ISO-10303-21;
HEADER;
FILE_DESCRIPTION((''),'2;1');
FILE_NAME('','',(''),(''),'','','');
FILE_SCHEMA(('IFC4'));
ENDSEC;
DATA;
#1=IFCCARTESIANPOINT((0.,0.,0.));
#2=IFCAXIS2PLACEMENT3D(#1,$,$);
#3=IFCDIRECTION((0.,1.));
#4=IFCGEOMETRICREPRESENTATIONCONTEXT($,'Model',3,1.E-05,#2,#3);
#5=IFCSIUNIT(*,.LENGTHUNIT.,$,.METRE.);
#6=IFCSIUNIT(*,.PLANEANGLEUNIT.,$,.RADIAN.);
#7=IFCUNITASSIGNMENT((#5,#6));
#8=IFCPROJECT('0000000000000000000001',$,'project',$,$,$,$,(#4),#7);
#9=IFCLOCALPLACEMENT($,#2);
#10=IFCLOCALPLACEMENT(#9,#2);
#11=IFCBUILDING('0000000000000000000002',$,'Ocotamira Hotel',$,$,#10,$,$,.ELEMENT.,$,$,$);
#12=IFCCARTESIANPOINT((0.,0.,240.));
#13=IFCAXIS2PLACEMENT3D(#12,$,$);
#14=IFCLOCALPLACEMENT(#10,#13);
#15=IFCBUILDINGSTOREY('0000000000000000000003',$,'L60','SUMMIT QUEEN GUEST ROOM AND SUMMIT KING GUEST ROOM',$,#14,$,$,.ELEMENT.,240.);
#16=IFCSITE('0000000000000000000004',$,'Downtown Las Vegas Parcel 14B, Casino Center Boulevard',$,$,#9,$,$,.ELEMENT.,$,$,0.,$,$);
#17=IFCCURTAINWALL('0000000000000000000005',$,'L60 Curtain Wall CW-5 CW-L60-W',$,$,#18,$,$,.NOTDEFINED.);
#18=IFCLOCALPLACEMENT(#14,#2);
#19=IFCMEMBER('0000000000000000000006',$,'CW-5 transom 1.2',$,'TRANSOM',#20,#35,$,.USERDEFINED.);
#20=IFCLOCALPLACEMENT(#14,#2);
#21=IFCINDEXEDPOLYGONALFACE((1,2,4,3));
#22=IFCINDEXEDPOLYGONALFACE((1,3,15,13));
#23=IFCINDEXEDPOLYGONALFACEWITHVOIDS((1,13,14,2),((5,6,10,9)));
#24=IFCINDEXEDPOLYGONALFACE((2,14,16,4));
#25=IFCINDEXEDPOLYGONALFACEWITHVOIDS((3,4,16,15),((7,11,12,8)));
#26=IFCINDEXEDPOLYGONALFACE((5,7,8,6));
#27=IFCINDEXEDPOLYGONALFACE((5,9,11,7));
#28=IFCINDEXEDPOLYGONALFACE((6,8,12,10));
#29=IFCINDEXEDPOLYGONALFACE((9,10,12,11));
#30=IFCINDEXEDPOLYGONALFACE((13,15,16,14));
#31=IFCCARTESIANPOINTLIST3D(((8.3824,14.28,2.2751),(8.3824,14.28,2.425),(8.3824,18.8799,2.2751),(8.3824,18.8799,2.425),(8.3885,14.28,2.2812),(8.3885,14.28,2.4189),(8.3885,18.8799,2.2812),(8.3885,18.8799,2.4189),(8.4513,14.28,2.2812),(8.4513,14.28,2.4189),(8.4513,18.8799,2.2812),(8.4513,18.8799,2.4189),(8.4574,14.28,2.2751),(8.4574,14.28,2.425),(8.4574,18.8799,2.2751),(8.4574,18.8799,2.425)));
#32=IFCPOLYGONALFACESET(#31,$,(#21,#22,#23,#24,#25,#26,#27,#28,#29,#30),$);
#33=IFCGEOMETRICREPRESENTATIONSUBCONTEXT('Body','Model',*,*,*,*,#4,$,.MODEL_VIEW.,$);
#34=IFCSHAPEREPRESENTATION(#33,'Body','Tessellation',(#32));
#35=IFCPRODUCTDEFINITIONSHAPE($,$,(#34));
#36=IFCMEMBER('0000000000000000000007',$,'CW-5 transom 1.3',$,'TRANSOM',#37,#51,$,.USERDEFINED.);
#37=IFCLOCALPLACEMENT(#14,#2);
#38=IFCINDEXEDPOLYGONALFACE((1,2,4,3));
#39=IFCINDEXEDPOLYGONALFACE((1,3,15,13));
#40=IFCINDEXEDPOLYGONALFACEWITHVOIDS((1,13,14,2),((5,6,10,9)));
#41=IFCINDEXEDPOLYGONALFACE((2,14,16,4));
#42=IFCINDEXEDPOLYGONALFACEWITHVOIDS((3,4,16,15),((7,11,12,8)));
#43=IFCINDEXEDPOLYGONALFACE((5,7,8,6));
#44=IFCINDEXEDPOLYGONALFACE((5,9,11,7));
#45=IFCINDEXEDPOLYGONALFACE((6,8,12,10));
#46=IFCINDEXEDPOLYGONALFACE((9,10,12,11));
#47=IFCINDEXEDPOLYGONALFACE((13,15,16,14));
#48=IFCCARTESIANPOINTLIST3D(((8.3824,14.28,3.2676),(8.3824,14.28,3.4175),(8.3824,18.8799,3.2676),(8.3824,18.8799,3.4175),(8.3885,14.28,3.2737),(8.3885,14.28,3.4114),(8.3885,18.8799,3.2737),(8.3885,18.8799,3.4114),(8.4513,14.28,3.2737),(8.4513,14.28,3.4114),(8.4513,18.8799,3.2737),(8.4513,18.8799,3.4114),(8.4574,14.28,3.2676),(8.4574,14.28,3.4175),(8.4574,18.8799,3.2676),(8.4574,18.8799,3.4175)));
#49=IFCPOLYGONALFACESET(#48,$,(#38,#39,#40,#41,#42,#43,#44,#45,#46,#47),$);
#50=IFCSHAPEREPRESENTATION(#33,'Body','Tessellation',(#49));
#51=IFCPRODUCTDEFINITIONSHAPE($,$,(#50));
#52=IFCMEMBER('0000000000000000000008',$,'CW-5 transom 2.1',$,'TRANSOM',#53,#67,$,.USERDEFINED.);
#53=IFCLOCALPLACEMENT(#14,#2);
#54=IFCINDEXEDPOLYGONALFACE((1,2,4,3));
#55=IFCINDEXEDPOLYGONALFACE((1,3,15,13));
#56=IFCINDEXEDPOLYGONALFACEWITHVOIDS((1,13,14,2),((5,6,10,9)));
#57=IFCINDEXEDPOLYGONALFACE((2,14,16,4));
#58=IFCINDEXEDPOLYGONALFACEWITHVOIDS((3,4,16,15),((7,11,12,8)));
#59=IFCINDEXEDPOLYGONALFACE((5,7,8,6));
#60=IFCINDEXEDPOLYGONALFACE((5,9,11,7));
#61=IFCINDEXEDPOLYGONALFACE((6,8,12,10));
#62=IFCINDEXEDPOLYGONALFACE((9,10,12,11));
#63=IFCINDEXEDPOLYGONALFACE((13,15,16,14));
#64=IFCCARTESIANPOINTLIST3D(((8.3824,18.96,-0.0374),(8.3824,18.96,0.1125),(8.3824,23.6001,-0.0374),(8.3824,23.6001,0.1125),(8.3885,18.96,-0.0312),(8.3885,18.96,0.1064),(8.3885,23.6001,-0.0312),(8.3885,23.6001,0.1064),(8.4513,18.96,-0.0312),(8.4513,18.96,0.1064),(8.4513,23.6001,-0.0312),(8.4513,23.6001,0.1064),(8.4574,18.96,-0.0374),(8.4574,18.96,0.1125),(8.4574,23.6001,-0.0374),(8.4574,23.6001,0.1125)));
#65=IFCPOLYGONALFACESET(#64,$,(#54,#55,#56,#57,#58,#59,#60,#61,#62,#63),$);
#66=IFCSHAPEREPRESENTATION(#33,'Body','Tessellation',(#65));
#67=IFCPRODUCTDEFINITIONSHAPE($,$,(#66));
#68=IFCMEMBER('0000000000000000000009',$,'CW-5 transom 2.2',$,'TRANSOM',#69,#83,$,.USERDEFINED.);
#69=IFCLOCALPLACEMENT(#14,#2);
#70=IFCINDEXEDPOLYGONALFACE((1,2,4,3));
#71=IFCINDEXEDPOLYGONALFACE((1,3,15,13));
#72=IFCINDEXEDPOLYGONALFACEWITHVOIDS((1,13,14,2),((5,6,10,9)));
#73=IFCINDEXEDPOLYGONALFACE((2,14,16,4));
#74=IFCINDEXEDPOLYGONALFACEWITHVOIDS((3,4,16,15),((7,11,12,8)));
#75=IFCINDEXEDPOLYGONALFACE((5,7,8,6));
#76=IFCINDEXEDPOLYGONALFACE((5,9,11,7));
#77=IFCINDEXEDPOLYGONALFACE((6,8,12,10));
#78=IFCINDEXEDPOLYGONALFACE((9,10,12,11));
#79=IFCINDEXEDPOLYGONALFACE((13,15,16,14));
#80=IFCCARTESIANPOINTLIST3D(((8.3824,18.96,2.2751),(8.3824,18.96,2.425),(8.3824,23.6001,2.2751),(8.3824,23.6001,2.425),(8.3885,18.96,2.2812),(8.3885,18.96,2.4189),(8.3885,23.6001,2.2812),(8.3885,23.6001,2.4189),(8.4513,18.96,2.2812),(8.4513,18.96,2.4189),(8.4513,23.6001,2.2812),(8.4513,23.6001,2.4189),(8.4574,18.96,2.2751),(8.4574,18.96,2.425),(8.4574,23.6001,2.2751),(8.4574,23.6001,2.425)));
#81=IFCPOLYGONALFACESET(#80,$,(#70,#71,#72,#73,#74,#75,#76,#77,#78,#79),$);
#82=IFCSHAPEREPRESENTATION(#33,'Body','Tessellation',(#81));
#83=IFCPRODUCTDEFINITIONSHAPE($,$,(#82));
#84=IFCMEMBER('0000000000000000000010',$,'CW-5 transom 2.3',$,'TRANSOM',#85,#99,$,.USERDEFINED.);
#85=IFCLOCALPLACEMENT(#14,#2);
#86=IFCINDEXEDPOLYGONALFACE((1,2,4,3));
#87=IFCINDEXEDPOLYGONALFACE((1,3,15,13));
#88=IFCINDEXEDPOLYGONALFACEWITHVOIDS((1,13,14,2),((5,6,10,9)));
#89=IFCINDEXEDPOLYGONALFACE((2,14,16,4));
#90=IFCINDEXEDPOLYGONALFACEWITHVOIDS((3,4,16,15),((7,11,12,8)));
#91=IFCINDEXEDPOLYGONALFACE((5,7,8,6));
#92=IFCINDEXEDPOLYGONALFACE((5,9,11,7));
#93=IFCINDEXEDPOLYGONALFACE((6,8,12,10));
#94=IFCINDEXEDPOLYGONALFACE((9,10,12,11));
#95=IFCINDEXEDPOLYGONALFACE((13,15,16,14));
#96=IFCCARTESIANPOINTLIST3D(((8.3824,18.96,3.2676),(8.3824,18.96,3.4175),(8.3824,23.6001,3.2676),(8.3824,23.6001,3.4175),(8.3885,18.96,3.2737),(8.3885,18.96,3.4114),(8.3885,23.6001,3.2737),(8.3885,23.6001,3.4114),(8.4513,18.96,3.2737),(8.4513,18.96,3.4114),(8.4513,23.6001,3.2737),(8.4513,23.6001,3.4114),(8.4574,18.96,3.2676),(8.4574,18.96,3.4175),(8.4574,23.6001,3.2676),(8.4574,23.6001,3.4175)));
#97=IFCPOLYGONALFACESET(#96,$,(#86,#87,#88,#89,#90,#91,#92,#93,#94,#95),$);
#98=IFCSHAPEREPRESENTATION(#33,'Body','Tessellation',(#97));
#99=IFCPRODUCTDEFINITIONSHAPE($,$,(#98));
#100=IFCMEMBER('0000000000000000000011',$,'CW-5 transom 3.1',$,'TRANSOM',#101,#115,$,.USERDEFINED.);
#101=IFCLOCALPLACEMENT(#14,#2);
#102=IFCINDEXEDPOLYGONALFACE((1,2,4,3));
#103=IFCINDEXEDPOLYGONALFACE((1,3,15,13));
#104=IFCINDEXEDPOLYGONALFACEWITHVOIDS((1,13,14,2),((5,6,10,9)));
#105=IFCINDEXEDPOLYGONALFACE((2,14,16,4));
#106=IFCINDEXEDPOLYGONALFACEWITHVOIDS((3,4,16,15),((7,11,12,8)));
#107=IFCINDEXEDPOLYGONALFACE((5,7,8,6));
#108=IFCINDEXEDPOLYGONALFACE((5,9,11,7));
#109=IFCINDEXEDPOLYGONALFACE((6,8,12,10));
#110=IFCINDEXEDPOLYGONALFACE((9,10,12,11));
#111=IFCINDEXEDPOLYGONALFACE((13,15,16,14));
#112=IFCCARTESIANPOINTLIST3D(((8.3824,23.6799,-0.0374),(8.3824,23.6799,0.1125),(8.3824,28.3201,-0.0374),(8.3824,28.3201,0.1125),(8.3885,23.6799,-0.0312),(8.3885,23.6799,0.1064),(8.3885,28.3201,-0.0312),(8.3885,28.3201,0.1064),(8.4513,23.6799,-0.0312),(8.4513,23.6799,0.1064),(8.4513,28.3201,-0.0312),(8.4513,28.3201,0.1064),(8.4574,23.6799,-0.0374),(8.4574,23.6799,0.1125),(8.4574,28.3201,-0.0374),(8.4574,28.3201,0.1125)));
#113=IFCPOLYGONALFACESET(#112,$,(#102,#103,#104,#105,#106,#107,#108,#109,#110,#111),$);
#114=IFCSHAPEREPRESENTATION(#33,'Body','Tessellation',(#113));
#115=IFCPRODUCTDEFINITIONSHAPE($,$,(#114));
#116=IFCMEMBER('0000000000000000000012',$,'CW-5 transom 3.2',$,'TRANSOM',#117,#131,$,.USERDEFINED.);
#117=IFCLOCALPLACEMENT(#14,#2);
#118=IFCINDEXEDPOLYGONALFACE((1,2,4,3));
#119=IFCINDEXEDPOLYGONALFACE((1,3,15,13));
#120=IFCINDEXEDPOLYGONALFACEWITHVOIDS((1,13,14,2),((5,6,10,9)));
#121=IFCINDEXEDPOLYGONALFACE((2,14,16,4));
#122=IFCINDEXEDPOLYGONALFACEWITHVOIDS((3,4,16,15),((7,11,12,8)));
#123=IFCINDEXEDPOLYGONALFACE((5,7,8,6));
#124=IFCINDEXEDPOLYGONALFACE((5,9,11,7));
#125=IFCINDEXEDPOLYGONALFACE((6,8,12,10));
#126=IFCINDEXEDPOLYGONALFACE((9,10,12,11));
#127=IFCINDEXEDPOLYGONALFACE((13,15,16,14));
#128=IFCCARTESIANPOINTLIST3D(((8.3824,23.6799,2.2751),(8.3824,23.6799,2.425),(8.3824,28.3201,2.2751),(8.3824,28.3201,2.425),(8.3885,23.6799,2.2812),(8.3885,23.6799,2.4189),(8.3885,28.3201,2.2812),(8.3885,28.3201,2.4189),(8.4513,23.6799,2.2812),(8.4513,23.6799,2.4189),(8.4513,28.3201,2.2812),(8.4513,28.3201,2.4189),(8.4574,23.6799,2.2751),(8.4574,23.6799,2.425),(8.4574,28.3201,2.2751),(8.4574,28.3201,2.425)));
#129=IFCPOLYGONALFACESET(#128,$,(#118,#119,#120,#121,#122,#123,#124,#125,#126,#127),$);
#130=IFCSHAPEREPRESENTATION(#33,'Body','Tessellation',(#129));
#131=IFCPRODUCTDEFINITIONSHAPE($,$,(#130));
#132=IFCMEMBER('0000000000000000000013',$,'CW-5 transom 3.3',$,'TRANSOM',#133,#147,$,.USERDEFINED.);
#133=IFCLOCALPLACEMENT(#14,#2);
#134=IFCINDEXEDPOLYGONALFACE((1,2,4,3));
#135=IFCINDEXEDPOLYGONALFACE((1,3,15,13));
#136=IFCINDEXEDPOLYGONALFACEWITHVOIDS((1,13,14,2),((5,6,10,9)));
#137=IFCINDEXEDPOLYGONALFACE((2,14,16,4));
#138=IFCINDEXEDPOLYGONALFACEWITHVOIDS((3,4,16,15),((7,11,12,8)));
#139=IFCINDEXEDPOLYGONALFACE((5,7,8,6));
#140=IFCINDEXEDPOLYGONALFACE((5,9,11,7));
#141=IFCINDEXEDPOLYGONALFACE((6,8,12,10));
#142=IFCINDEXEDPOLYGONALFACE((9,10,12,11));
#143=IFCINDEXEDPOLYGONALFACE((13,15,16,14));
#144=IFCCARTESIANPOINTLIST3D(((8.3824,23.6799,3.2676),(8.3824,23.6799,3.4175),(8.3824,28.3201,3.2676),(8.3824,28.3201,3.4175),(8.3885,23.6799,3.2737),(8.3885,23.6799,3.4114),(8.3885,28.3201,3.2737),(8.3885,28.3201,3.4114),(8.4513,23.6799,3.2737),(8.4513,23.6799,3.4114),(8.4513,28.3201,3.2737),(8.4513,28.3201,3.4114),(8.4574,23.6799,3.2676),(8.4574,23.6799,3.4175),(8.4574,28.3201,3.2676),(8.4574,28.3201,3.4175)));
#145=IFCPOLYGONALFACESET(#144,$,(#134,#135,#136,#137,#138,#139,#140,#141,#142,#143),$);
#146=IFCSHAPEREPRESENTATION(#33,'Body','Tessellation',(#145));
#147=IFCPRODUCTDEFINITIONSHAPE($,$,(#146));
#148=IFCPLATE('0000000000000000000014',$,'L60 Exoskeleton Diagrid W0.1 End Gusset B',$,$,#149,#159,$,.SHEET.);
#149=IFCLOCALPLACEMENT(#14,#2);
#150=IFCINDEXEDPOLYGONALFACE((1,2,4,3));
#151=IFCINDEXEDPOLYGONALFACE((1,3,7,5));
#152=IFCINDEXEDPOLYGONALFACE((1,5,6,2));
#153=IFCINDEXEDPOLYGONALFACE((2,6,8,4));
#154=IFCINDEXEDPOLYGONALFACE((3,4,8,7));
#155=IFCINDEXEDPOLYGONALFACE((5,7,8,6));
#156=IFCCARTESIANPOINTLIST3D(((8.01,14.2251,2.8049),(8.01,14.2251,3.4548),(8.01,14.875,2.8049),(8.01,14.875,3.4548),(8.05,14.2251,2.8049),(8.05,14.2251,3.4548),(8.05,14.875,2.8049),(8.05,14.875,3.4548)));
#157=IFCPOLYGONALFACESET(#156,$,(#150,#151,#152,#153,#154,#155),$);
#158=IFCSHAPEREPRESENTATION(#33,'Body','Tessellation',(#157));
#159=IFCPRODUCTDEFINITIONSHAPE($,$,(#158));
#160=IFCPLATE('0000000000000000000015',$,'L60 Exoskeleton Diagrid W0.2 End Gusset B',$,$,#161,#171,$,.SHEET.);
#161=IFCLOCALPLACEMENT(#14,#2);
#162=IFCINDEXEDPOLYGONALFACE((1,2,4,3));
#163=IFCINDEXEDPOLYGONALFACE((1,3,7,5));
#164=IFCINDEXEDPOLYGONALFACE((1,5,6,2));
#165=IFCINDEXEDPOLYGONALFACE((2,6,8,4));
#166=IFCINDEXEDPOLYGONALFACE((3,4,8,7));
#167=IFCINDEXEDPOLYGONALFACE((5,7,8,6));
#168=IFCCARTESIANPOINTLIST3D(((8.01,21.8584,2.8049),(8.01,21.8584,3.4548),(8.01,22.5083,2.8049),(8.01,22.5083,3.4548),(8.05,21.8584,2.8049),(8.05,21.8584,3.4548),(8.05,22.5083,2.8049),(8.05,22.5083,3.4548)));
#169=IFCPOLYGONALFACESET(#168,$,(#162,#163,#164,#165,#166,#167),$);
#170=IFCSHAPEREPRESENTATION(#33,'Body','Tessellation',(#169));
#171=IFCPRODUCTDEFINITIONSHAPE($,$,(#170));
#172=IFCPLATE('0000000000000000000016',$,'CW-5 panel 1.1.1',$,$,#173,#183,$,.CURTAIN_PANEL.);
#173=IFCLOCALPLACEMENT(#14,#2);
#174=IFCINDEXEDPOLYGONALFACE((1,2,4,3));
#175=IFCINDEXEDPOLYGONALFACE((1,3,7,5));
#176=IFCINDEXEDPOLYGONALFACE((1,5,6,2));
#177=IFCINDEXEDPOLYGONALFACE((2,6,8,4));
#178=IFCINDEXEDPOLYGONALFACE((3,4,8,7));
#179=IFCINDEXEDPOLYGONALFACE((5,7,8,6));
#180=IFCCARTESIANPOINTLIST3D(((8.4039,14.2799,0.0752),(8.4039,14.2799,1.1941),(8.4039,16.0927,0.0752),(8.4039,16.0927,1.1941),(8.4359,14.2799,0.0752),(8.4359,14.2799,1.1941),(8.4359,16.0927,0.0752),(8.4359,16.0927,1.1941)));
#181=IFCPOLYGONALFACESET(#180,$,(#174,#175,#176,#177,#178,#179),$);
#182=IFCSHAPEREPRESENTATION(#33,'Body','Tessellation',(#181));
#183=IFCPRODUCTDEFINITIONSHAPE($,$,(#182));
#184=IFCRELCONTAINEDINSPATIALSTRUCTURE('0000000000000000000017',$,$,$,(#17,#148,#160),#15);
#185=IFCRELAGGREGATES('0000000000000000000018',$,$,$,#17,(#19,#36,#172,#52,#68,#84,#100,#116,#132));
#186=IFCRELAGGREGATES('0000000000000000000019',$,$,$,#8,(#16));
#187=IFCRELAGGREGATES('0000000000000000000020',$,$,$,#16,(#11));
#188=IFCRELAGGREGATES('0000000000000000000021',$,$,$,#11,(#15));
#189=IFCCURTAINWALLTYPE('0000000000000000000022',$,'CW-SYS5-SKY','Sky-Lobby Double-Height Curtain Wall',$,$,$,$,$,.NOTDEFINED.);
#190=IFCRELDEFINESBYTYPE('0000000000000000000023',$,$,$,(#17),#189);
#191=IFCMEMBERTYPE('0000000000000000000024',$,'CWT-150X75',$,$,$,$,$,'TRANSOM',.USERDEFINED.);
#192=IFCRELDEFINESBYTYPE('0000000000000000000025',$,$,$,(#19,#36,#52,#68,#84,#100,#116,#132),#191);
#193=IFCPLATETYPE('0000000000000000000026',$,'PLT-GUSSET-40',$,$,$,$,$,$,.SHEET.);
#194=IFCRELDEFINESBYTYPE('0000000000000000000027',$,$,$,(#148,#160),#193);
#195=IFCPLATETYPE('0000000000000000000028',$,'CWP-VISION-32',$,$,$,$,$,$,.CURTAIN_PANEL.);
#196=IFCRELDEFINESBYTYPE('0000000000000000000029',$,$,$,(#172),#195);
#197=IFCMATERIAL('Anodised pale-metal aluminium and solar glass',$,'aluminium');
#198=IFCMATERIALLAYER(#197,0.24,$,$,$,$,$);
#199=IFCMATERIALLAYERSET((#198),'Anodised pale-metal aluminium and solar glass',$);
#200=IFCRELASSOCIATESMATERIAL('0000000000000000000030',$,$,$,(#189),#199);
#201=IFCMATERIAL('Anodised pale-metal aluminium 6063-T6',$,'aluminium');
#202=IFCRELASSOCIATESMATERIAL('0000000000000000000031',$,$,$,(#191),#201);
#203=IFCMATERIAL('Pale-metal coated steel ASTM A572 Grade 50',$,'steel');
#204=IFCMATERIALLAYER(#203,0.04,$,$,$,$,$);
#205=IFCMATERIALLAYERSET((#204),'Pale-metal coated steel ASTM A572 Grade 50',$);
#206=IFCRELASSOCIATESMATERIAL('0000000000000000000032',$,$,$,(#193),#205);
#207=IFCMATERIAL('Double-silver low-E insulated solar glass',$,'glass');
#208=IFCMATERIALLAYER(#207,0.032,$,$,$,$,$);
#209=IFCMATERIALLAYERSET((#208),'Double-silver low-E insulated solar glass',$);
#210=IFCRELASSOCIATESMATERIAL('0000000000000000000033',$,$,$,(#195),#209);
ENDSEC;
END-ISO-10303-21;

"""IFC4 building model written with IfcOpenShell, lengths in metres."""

from ifc_helpers import new_model, si_unit, direction, frame, origin, origin_2d, place, context, subcontext, project, spatial, rectangle, hollow_rectangle, extrude, source, transform, mapped, material, layer, layer_set, material_profile, profile_set, type_object, element, aggregate, save


model = new_model("IFC4")

# Units and contexts
model_context = context("Model", 3, precision=1e-05, world=origin(), true_north=direction((0.0, 1.0)))
body_context = subcontext(model_context, "Body", "Model", "MODEL_VIEW")
ifc_project = project(units=[si_unit("LENGTHUNIT", "METRE"), si_unit("PLANEANGLEUNIT", "RADIAN")], contexts=[model_context])

# Site, building, storey
site_placement = place(None, origin())
site = spatial("IfcSite", under=ifc_project, at=site_placement, Name="Downtown Las Vegas Parcel 14B, Casino Center Boulevard", CompositionType="ELEMENT", RefElevation=0.0)
building_placement = place(site_placement, origin())
building = spatial("IfcBuilding", under=site, at=building_placement, Name="Ocotamira Hotel", CompositionType="ELEMENT")
storey_placement = place(building_placement, frame((0.0, 0.0, 240.0)))
storey = spatial("IfcBuildingStorey", under=building, at=storey_placement, Name="L60", Description="SUMMIT QUEEN GUEST ROOM AND SUMMIT KING GUEST ROOM", CompositionType="ELEMENT", Elevation=240.0)

# Curtain wall, members
ifc_material_1 = material(Name="Anodised pale-metal aluminium and solar glass", Category="aluminium")
ifc_layer_1 = layer(ifc_material_1, 0.24)
ifc_layer_set_1 = layer_set([ifc_layer_1], Name="Anodised pale-metal aluminium and solar glass")
curtain_wall_type = type_object("IfcCurtainWallType", Name="CW-SYS5-SKY", Description="Sky-Lobby Double-Height Curtain Wall", PredefinedType="NOTDEFINED", material=ifc_layer_set_1)
curtain_wall_placement = place(storey_placement, origin())
curtain_wall = element("IfcCurtainWall", 1, at=curtain_wall_placement, inside=storey, type_object=curtain_wall_type, Name="L60 Curtain Wall CW-5 CW-L60-W", PredefinedType="NOTDEFINED")
ifc_material_2 = material(Name="Anodised pale-metal aluminium 6063-T6", Category="aluminium")
ifc_material_profile_1 = material_profile(ifc_material_2, hollow_rectangle(XDim=0.075, YDim=0.1499, WallThickness=0.0061, at=origin_2d()), Name="HSS150X75X6")
ifc_profile_set_1 = profile_set([ifc_material_profile_1], Name="Anodised pale-metal aluminium 6063-T6")
member_type_1 = type_object("IfcMemberType", Name="CWT-150X75", ElementType="TRANSOM", PredefinedType="USERDEFINED", material=ifc_profile_set_1)
shared_shape_1 = source(origin(), body_context, "Body", "SweptSolid", [
    extrude(hollow_rectangle(XDim=0.075, YDim=0.1499, WallThickness=0.0061, at=origin_2d()), origin(), (0.0, 0.0, 1.0), 4.5999),
])
member_1_placement = place(storey_placement, frame((8.4199, 14.28, 2.3501), z_axis=(0.0, 1.0, 0.0), x_axis=(-1.0, 0.0, 0.0)))
member_1 = element("IfcMember", 2, at=member_1_placement, type_object=member_type_1, Name="CW-5 transom 1.2", ObjectType="TRANSOM", PredefinedType="USERDEFINED", context=body_context, shape_type="MappedRepresentation", body=[
    mapped(shared_shape_1, transform((0.0, 0.0, 0.0), scale=1.0)),
])
member_2_placement = place(storey_placement, frame((8.4199, 14.28, 3.3425), z_axis=(0.0, 1.0, 0.0), x_axis=(-1.0, 0.0, 0.0)))
member_2 = element("IfcMember", 3, at=member_2_placement, type_object=member_type_1, Name="CW-5 transom 1.3", ObjectType="TRANSOM", PredefinedType="USERDEFINED", context=body_context, shape_type="MappedRepresentation", body=[
    mapped(shared_shape_1, transform((0.0, 0.0, 0.0), scale=1.0)),
])
shared_shape_2 = source(origin(), body_context, "Body", "SweptSolid", [
    extrude(hollow_rectangle(XDim=0.075, YDim=0.1499, WallThickness=0.0061, at=origin_2d()), origin(), (0.0, 0.0, 1.0), 4.6401),
])
member_3_placement = place(storey_placement, frame((8.4199, 18.96, 0.0376), z_axis=(0.0, 1.0, 0.0), x_axis=(-1.0, 0.0, 0.0)))
member_3 = element("IfcMember", 4, at=member_3_placement, type_object=member_type_1, Name="CW-5 transom 2.1", ObjectType="TRANSOM", PredefinedType="USERDEFINED", context=body_context, shape_type="MappedRepresentation", body=[
    mapped(shared_shape_2, transform((0.0, 0.0, 0.0), scale=1.0)),
])
member_4_placement = place(storey_placement, frame((8.4199, 18.96, 2.3501), z_axis=(0.0, 1.0, 0.0), x_axis=(-1.0, 0.0, 0.0)))
member_4 = element("IfcMember", 5, at=member_4_placement, type_object=member_type_1, Name="CW-5 transom 2.2", ObjectType="TRANSOM", PredefinedType="USERDEFINED", context=body_context, shape_type="MappedRepresentation", body=[
    mapped(shared_shape_2, transform((0.0, 0.0, 0.0), scale=1.0)),
])
member_5_placement = place(storey_placement, frame((8.4199, 18.96, 3.3425), z_axis=(0.0, 1.0, 0.0), x_axis=(-1.0, 0.0, 0.0)))
member_5 = element("IfcMember", 6, at=member_5_placement, type_object=member_type_1, Name="CW-5 transom 2.3", ObjectType="TRANSOM", PredefinedType="USERDEFINED", context=body_context, shape_type="MappedRepresentation", body=[
    mapped(shared_shape_2, transform((0.0, 0.0, 0.0), scale=1.0)),
])
member_6_placement = place(storey_placement, frame((8.4199, 23.6799, 0.0376), z_axis=(0.0, 1.0, 0.0), x_axis=(-1.0, 0.0, 0.0)))
member_6 = element("IfcMember", 7, at=member_6_placement, type_object=member_type_1, Name="CW-5 transom 3.1", ObjectType="TRANSOM", PredefinedType="USERDEFINED", context=body_context, shape_type="MappedRepresentation", body=[
    mapped(shared_shape_2, transform((0.0, 0.0, 0.0), scale=1.0)),
])
member_7_placement = place(storey_placement, frame((8.4199, 23.6799, 2.3501), z_axis=(0.0, 1.0, 0.0), x_axis=(-1.0, 0.0, 0.0)))
member_7 = element("IfcMember", 8, at=member_7_placement, type_object=member_type_1, Name="CW-5 transom 3.2", ObjectType="TRANSOM", PredefinedType="USERDEFINED", context=body_context, shape_type="MappedRepresentation", body=[
    mapped(shared_shape_2, transform((0.0, 0.0, 0.0), scale=1.0)),
])
member_8_placement = place(storey_placement, frame((8.4199, 23.6799, 3.3425), z_axis=(0.0, 1.0, 0.0), x_axis=(-1.0, 0.0, 0.0)))
member_8 = element("IfcMember", 9, at=member_8_placement, type_object=member_type_1, Name="CW-5 transom 3.3", ObjectType="TRANSOM", PredefinedType="USERDEFINED", context=body_context, shape_type="MappedRepresentation", body=[
    mapped(shared_shape_2, transform((0.0, 0.0, 0.0), scale=1.0)),
])

# Plates
ifc_material_3 = material(Name="Pale-metal coated steel ASTM A572 Grade 50", Category="steel")
ifc_layer_2 = layer(ifc_material_3, 0.04)
ifc_layer_set_2 = layer_set([ifc_layer_2], Name="Pale-metal coated steel ASTM A572 Grade 50")
plate_type_1 = type_object("IfcPlateType", Name="PLT-GUSSET-40", PredefinedType="SHEET", material=ifc_layer_set_2)
shared_shape_3 = source(origin(), body_context, "Body", "SweptSolid", [
    extrude(rectangle(XDim=0.04, YDim=0.6499, at=origin_2d()), origin(), (0.0, 0.0, 1.0), 0.6499),
])
for number, where, z_axis, x_axis, name in (
    (10, (8.03, 14.55, 2.8049), (0.0, 0.0, 1.0), (1.0, 0.0, 0.0), "L60 Exoskeleton Diagrid W0.1 End Gusset B"),
    (11, (8.03, 22.1833, 2.8049), (0.0, 0.0, 1.0), (1.0, 0.0, 0.0), "L60 Exoskeleton Diagrid W0.2 End Gusset B"),
):
    element("IfcPlate", number, at=place(storey_placement, frame(where, z_axis=z_axis, x_axis=x_axis)), inside=storey, type_object=plate_type_1, Name=name, PredefinedType="SHEET", context=body_context, shape_type="MappedRepresentation", body=[
        mapped(shared_shape_3, transform((0.0, 0.0, 0.0), scale=1.0)),
    ])

# Plate
ifc_material_4 = material(Name="Double-silver low-E insulated solar glass", Category="glass")
ifc_layer_3 = layer(ifc_material_4, 0.032)
ifc_layer_set_3 = layer_set([ifc_layer_3], Name="Double-silver low-E insulated solar glass")
plate_type_2 = type_object("IfcPlateType", Name="CWP-VISION-32", PredefinedType="CURTAIN_PANEL", material=ifc_layer_set_3)
shared_shape_4 = source(origin(), body_context, "Body", "SweptSolid", [
    extrude(rectangle(XDim=1.8127, YDim=0.032, at=origin_2d()), origin(), (0.0, 0.0, 1.0), 1.1189),
])
plate_1_placement = place(storey_placement, frame((8.4199, 15.1863, 0.0752), z_axis=(0.0, 0.0, 1.0), x_axis=(0.0, 1.0, 0.0)))
plate_1 = element("IfcPlate", 12, at=plate_1_placement, type_object=plate_type_2, Name="CW-5 panel 1.1.1", PredefinedType="CURTAIN_PANEL", context=body_context, shape_type="MappedRepresentation", body=[
    mapped(shared_shape_4, transform((0.0, 0.0, 0.0), scale=1.0)),
])
aggregate(curtain_wall, [member_1, member_2, plate_1, member_3, member_4, member_5, member_6, member_7, member_8])

save(model, "model.ifc")
